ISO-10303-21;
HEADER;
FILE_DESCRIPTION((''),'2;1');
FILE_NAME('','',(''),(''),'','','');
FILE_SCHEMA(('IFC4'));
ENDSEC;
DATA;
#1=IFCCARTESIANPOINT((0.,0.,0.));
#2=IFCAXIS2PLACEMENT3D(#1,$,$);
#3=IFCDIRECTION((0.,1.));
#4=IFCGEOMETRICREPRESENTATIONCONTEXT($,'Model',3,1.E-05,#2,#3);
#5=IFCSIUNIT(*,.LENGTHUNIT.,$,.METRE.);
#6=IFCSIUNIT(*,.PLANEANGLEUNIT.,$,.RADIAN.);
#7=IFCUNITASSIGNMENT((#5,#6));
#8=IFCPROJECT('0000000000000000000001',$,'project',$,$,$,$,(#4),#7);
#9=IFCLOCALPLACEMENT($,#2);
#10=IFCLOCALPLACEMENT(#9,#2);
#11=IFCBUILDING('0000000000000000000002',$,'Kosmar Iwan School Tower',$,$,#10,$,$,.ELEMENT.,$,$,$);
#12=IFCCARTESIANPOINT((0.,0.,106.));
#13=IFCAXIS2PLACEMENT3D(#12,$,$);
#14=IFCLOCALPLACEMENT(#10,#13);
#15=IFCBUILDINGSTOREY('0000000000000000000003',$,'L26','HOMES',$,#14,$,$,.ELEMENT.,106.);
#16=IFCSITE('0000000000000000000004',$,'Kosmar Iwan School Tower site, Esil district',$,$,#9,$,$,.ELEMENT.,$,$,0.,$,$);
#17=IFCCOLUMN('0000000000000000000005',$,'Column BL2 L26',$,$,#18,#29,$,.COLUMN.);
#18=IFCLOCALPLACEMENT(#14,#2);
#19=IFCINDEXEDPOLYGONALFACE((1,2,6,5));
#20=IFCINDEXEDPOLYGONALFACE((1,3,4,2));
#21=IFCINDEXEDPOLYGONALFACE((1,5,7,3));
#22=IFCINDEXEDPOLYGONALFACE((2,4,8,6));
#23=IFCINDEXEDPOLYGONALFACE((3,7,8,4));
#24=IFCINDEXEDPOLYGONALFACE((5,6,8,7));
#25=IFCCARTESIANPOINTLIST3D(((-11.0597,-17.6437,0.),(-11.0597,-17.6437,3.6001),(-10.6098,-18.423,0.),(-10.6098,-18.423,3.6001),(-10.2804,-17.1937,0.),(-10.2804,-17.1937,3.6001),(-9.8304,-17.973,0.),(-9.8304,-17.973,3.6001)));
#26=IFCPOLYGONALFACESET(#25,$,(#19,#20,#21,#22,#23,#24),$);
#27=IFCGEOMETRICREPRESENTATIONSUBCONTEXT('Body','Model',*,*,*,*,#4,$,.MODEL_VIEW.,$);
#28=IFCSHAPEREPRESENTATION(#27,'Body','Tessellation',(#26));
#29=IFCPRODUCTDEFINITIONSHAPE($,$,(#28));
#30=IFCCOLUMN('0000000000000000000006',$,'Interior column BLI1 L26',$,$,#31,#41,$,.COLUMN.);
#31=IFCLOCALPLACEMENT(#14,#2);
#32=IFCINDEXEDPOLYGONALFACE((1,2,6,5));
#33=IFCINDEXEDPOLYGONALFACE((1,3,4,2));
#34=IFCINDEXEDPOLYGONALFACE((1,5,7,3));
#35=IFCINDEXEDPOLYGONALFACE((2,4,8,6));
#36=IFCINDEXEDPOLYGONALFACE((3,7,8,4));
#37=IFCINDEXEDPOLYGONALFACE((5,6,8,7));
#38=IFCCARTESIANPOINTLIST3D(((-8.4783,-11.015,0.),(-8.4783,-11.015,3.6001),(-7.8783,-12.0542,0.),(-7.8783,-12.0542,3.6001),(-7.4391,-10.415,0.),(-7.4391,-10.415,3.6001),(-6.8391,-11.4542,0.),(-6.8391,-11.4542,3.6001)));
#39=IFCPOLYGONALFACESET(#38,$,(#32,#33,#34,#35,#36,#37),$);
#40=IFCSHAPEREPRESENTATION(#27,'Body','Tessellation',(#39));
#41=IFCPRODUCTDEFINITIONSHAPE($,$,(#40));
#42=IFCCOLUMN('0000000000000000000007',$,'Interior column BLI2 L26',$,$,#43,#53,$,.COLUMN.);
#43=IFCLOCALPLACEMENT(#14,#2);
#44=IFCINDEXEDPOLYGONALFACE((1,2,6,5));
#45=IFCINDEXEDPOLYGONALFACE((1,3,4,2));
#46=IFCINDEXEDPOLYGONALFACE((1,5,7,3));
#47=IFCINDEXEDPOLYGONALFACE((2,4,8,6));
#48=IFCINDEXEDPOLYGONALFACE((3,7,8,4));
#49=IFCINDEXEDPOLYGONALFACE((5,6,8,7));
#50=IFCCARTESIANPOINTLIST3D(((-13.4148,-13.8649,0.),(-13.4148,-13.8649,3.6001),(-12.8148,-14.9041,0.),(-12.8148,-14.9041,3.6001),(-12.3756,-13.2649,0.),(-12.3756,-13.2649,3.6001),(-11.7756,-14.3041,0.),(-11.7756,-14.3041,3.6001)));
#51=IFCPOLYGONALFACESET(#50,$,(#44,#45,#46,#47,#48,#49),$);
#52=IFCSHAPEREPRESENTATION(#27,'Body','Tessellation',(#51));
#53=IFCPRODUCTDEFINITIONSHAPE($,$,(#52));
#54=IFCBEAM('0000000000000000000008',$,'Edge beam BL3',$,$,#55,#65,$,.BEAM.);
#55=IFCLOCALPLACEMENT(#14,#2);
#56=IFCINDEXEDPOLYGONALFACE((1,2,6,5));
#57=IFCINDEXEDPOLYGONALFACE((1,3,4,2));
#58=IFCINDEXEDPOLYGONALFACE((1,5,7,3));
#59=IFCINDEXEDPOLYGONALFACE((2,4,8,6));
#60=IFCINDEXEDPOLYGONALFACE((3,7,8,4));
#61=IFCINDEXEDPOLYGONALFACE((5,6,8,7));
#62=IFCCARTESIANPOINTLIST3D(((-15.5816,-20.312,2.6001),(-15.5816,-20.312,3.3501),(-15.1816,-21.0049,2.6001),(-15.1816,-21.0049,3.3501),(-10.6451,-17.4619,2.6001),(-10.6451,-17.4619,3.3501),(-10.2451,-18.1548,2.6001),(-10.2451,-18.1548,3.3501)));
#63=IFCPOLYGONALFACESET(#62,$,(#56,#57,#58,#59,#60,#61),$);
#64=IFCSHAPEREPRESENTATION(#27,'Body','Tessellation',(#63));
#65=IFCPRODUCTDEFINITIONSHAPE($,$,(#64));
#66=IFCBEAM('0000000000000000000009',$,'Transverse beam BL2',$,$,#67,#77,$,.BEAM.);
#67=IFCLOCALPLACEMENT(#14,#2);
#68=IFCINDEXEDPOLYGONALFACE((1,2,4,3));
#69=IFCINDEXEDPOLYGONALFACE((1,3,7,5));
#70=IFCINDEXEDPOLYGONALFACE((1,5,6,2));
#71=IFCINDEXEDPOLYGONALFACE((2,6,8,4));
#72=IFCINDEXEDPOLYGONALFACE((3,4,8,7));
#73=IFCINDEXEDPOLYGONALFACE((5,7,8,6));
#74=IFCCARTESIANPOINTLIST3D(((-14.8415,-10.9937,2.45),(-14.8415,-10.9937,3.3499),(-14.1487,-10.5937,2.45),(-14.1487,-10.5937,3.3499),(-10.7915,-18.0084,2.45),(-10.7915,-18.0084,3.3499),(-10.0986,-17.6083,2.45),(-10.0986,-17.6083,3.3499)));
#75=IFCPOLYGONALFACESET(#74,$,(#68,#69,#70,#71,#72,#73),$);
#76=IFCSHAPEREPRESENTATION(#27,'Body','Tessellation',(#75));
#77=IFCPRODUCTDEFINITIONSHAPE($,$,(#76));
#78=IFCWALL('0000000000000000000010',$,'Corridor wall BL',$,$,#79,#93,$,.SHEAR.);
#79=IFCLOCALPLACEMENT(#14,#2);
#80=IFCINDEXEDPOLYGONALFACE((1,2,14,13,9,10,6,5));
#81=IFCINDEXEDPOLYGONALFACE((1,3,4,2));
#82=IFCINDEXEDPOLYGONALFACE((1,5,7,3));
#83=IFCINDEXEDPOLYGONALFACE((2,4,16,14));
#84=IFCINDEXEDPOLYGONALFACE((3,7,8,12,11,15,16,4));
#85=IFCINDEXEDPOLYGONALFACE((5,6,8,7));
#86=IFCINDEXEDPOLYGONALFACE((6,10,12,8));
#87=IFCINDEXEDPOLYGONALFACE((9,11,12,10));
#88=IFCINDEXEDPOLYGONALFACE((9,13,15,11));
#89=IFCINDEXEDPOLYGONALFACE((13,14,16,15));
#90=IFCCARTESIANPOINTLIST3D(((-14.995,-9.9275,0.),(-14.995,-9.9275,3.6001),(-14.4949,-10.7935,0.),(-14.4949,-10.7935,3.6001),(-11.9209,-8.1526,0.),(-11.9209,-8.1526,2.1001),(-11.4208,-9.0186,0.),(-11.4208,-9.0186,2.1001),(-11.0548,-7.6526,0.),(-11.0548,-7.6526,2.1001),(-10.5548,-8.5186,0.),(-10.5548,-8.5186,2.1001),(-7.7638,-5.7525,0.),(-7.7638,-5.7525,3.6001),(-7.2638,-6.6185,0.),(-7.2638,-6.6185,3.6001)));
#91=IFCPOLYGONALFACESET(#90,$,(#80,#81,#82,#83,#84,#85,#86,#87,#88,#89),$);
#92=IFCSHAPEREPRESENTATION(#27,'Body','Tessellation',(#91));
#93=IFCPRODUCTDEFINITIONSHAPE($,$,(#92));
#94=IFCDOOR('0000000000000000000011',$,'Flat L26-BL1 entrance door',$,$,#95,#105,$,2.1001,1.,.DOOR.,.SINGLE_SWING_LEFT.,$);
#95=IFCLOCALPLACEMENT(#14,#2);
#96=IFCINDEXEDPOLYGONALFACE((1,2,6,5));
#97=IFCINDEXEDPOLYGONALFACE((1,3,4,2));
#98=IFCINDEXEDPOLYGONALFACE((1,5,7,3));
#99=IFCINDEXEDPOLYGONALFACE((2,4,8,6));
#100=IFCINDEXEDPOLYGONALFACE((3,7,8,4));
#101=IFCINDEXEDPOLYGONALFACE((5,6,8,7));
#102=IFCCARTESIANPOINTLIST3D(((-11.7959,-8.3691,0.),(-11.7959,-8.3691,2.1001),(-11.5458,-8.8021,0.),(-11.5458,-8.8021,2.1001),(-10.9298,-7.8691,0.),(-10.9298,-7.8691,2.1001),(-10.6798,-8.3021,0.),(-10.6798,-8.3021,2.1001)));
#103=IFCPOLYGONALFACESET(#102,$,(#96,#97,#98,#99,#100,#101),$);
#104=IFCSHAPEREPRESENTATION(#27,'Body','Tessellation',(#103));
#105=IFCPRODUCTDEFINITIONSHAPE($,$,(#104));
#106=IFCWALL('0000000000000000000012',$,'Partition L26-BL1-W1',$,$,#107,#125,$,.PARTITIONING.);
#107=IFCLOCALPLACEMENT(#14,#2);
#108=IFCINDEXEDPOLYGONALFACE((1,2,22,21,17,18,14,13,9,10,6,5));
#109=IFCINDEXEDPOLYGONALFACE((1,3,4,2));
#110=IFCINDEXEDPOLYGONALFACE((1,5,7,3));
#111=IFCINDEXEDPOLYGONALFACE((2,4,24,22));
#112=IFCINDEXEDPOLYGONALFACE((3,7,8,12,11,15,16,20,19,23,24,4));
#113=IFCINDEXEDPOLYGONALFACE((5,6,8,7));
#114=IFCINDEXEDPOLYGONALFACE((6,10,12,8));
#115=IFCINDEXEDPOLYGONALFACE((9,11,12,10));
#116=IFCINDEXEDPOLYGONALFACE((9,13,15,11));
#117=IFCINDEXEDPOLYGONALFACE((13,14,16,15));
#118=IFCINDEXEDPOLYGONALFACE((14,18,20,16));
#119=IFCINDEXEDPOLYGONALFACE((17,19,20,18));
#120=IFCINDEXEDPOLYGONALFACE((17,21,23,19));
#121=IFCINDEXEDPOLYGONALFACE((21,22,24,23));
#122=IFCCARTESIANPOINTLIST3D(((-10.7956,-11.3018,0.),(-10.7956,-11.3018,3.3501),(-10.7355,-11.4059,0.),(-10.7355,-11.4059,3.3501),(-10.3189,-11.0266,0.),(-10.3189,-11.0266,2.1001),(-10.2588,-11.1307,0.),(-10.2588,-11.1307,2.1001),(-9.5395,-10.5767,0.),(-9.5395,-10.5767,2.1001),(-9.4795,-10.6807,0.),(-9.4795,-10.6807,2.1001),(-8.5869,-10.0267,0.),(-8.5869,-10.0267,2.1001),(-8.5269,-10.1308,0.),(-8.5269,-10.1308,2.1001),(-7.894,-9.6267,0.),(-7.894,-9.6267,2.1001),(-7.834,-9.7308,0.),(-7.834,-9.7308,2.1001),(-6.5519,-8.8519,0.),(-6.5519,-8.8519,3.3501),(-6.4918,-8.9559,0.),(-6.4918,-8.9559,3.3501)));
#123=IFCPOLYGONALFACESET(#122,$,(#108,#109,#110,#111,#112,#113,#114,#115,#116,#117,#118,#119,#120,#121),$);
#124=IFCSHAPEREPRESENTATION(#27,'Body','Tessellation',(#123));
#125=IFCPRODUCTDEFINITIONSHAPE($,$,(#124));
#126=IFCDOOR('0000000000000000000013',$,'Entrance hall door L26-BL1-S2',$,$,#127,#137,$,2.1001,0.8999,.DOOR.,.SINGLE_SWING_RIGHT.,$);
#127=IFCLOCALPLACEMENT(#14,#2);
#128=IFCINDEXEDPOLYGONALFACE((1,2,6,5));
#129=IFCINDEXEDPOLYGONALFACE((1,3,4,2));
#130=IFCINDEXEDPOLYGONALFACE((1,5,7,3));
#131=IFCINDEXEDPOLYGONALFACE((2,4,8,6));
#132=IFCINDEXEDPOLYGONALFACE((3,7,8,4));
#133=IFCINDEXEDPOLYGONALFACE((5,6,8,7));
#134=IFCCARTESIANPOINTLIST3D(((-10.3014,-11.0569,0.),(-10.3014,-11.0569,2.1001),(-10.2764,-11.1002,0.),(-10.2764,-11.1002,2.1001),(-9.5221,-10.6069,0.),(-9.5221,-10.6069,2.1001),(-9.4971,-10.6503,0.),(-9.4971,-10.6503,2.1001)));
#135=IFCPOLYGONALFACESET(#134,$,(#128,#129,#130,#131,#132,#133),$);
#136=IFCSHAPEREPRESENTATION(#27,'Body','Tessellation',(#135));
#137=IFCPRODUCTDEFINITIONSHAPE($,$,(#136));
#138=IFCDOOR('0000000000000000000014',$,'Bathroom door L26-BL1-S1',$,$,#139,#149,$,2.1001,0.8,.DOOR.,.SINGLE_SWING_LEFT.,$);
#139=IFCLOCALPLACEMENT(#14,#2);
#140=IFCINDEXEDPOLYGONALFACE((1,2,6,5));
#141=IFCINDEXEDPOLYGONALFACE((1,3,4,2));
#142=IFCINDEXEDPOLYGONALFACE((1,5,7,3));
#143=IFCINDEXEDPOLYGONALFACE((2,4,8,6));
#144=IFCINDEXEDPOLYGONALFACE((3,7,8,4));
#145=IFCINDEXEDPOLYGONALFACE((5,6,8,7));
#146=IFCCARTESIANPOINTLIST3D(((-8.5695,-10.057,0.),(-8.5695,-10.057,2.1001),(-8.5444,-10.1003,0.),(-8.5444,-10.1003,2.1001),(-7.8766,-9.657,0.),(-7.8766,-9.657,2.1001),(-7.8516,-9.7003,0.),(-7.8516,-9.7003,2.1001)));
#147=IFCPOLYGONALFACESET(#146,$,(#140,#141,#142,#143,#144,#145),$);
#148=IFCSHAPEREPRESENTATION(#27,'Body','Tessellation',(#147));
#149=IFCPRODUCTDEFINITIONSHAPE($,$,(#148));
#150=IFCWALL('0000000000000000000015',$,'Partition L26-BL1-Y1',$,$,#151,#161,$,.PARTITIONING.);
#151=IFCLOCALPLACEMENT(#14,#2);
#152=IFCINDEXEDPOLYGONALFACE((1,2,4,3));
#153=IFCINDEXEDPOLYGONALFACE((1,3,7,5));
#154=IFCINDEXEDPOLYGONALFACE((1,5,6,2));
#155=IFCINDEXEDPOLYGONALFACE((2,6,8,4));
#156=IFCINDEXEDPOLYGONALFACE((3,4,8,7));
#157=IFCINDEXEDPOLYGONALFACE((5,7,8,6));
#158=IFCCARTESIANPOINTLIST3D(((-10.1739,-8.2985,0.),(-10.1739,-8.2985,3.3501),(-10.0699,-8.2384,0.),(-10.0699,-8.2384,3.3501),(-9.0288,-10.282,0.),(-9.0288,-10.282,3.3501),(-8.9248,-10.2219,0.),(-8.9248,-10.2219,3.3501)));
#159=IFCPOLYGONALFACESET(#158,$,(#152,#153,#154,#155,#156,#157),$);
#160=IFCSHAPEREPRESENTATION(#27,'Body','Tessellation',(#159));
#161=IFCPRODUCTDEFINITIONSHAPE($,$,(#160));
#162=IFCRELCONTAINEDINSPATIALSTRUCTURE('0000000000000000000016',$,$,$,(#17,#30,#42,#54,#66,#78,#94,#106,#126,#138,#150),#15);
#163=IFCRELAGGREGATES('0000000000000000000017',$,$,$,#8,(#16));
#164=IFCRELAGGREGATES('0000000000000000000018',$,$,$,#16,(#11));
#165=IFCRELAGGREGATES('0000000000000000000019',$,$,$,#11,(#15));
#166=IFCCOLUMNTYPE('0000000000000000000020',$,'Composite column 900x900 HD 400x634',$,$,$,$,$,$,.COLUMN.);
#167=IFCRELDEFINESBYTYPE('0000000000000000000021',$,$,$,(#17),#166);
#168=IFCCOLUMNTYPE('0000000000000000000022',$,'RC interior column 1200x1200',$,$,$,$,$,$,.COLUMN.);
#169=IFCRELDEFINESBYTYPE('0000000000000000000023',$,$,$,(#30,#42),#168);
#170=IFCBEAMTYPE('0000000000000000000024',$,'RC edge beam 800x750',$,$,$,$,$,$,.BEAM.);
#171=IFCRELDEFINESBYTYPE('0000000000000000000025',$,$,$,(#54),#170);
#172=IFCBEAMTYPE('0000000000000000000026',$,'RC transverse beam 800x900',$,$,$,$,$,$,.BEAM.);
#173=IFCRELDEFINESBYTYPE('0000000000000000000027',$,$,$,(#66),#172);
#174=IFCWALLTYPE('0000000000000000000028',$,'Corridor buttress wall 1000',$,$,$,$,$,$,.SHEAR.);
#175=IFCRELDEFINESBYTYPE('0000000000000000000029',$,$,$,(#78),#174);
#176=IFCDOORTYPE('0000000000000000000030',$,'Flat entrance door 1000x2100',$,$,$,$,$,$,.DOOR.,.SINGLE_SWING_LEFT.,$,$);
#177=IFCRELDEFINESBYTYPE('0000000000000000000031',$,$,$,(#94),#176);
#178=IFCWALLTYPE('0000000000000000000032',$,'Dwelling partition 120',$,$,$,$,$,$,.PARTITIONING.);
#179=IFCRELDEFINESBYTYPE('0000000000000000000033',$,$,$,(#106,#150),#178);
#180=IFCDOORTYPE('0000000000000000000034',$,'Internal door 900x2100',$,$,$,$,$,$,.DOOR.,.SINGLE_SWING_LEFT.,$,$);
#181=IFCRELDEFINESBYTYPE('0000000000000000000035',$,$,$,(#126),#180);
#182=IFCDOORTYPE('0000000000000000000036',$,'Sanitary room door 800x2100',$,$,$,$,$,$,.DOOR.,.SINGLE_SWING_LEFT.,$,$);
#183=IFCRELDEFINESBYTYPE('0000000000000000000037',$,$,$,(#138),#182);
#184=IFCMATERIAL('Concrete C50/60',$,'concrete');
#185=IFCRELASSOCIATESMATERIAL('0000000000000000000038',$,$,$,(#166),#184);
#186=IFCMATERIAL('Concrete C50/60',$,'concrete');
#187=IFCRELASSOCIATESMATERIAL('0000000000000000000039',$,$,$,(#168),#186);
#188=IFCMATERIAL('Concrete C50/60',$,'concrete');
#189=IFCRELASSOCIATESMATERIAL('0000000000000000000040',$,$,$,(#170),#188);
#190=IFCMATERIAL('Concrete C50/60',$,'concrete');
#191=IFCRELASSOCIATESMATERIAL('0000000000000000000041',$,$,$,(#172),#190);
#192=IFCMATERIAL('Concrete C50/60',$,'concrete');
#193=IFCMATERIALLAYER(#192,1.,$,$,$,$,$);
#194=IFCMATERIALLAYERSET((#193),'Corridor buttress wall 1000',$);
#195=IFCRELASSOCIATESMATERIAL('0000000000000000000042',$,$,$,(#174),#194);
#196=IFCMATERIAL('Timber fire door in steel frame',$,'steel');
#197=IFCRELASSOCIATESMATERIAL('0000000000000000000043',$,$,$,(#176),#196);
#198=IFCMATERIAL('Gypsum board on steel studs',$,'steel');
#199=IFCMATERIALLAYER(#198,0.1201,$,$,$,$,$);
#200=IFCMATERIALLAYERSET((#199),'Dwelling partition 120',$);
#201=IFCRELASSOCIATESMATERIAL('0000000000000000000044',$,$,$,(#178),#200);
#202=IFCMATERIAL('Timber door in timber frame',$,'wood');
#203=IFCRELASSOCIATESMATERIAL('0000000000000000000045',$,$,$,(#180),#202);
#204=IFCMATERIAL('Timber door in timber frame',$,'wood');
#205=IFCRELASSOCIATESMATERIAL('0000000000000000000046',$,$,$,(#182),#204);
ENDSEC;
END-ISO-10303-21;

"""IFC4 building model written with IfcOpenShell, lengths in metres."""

from ifc_helpers import new_model, si_unit, direction, frame, frame_2d, origin, origin_2d, place, context, subcontext, project, spatial, rectangle, extrude, material, layer, layer_set, material_profile, profile_set, type_object, element, fill, save


model = new_model("IFC4")

# Units and contexts
model_context = context("Model", 3, precision=1e-05, world=origin(), true_north=direction((0.0, 1.0)))
body_context = subcontext(model_context, "Body", "Model", "MODEL_VIEW")
ifc_project = project(units=[si_unit("LENGTHUNIT", "METRE"), si_unit("PLANEANGLEUNIT", "RADIAN")], contexts=[model_context])

# Site, building, storey
site_placement = place(None, origin())
site = spatial("IfcSite", under=ifc_project, at=site_placement, Name="Kosmar Iwan School Tower site, Esil district", CompositionType="ELEMENT", RefElevation=0.0)
building_placement = place(site_placement, origin())
building = spatial("IfcBuilding", under=site, at=building_placement, Name="Kosmar Iwan School Tower", CompositionType="ELEMENT")
storey_placement = place(building_placement, frame((0.0, 0.0, 106.0)))
storey = spatial("IfcBuildingStorey", under=building, at=storey_placement, Name="L26", Description="HOMES", CompositionType="ELEMENT", Elevation=106.0)

# Columns
ifc_material_1 = material(Name="Concrete C50/60", Category="concrete")
ifc_material_profile_1 = material_profile(ifc_material_1, rectangle(XDim=0.8999, YDim=0.8999, at=origin_2d()), Name="RC 900x900 + HD 400x634")
ifc_profile_set_1 = profile_set([ifc_material_profile_1], Name="Concrete C50/60")
column_type_1 = type_object("IfcColumnType", Name="Composite column 900x900 HD 400x634", PredefinedType="COLUMN", material=ifc_profile_set_1)
column_placement = place(storey_placement, frame((-10.4451, -17.8083, 0.0), z_axis=(0.0, 0.0, 1.0), x_axis=(-0.866025, -0.5, 0.0)))
element("IfcColumn", 1, at=column_placement, inside=storey, type_object=column_type_1, Name="Column BL2 L26", PredefinedType="COLUMN", context=body_context, shape_type="SweptSolid", body=[
    extrude(rectangle(XDim=0.8999, YDim=0.8999, at=origin_2d()), origin(), (0.0, 0.0, 1.0), 3.6001),
])
ifc_material_2 = material(Name="Concrete C50/60", Category="concrete")
ifc_material_profile_2 = material_profile(ifc_material_2, rectangle(XDim=1.2, YDim=1.2, at=origin_2d()), Name="RC 1200x1200")
ifc_profile_set_2 = profile_set([ifc_material_profile_2], Name="Concrete C50/60")
column_type_2 = type_object("IfcColumnType", Name="RC interior column 1200x1200", PredefinedType="COLUMN", material=ifc_profile_set_2)
for number, where, z_axis, x_axis, name in (
    (2, (-7.6587, -11.2346, 0.0), (0.0, 0.0, 1.0), (-0.866025, -0.5, 0.0), "Interior column BLI1 L26"),
    (3, (-12.5952, -14.0845, 0.0), (0.0, 0.0, 1.0), (-0.866025, -0.5, 0.0), "Interior column BLI2 L26"),
):
    element("IfcColumn", number, at=place(storey_placement, frame(where, z_axis=z_axis, x_axis=x_axis)), inside=storey, type_object=column_type_2, Name=name, PredefinedType="COLUMN", context=body_context, shape_type="SweptSolid", body=[
        extrude(rectangle(XDim=1.2, YDim=1.2, at=origin_2d()), origin(), (0.0, 0.0, 1.0), 3.6001),
    ])

# Beams
ifc_material_3 = material(Name="Concrete C50/60", Category="concrete")
ifc_material_profile_3 = material_profile(ifc_material_3, rectangle(XDim=0.8, YDim=0.75, at=origin_2d()), Name="RC 800x750")
ifc_profile_set_3 = profile_set([ifc_material_profile_3], Name="Concrete C50/60")
beam_type_1 = type_object("IfcBeamType", Name="RC edge beam 800x750", PredefinedType="BEAM", material=ifc_profile_set_3)
beam_1_placement = place(storey_placement, frame((-10.4451, -17.8083, 2.9751), z_axis=(-0.866026, -0.499999, 0.0), x_axis=(0.499999, -0.866026, 0.0)))
element("IfcBeam", 4, at=beam_1_placement, inside=storey, type_object=beam_type_1, Name="Edge beam BL3", PredefinedType="BEAM", context=body_context, shape_type="SweptSolid", body=[
    extrude(rectangle(XDim=0.8, YDim=0.75, at=origin_2d()), origin(), (0.0, 0.0, 1.0), 5.7002),
])
ifc_material_4 = material(Name="Concrete C50/60", Category="concrete")
ifc_material_profile_4 = material_profile(ifc_material_4, rectangle(XDim=0.8, YDim=0.8999, at=origin_2d()), Name="RC 800x900")
ifc_profile_set_4 = profile_set([ifc_material_profile_4], Name="Concrete C50/60")
beam_type_2 = type_object("IfcBeamType", Name="RC transverse beam 800x900", PredefinedType="BEAM", material=ifc_profile_set_4)
beam_2_placement = place(storey_placement, frame((-10.4451, -17.8083, 2.8999), z_axis=(-0.500013, 0.866018, 0.0), x_axis=(-0.866018, -0.500013, 0.0)))
element("IfcBeam", 5, at=beam_2_placement, inside=storey, type_object=beam_type_2, Name="Transverse beam BL2", PredefinedType="BEAM", context=body_context, shape_type="SweptSolid", body=[
    extrude(rectangle(XDim=0.8, YDim=0.8999, at=origin_2d()), origin(), (0.0, 0.0, 1.0), 8.0999),
])

# Wall, opening, door
ifc_material_5 = material(Name="Concrete C50/60", Category="concrete")
ifc_layer_1 = layer(ifc_material_5, 1.0)
ifc_layer_set_1 = layer_set([ifc_layer_1], Name="Corridor buttress wall 1000")
wall_type_1 = type_object("IfcWallType", Name="Corridor buttress wall 1000", PredefinedType="SHEAR", material=ifc_layer_set_1)
wall_1_placement = place(storey_placement, frame((-7.5139, -6.1855, 0.0), z_axis=(0.0, 0.0, 1.0), x_axis=(-0.86602, -0.50001, 0.0)))
wall_1 = element("IfcWall", 6, at=wall_1_placement, inside=storey, type_object=wall_type_1, Name="Corridor wall BL", PredefinedType="SHEAR", context=body_context, shape_type="SweptSolid", body=[
    extrude(rectangle(XDim=8.3499, YDim=1.0, at=frame_2d((4.1748, 0.0))), origin(), (0.0, 0.0, 1.0), 3.6001),
])
opening_1_placement = place(wall_1_placement, frame((3.8, 0.0, 0.0)))
opening_1 = element("IfcOpeningElement", 7, at=opening_1_placement, cuts=wall_1, PredefinedType="OPENING", context=body_context, shape_type="SweptSolid", body=[
    extrude(rectangle(XDim=1.0, YDim=2.1001, at=frame_2d((0.5, 1.05))), frame((0.0, 0.512, 0.0), z_axis=(0.0, -1.0, 0.0), x_axis=(1.0, 0.0, 0.0)), (0.0, 0.0, 1.0), 1.0239),
])
ifc_material_6 = material(Name="Timber fire door in steel frame", Category="steel")
door_type_1 = type_object("IfcDoorType", Name="Flat entrance door 1000x2100", OperationType="SINGLE_SWING_LEFT", PredefinedType="DOOR", material=ifc_material_6)
door_1_placement = place(opening_1_placement, origin())
door_1 = element("IfcDoor", 8, at=door_1_placement, inside=storey, type_object=door_type_1, Name="Flat L26-BL1 entrance door", OperationType="SINGLE_SWING_LEFT", OverallHeight=2.1001, OverallWidth=1.0, PredefinedType="DOOR", context=body_context, shape_type="SweptSolid", body=[
    extrude(rectangle(XDim=1.0, YDim=2.1001, at=frame_2d((0.5, 1.05))), frame((0.0, 0.25, 0.0), z_axis=(0.0, -1.0, 0.0), x_axis=(1.0, 0.0, 0.0)), (0.0, 0.0, 1.0), 0.5),
])
fill(opening_1, door_1)

# Wall, openings, doors
ifc_material_7 = material(Name="Gypsum board on steel studs", Category="steel")
ifc_layer_2 = layer(ifc_material_7, 0.1201)
ifc_layer_set_2 = layer_set([ifc_layer_2], Name="Dwelling partition 120")
wall_type_2 = type_object("IfcWallType", Name="Dwelling partition 120", PredefinedType="PARTITIONING", material=ifc_layer_set_2)
wall_2_placement = place(storey_placement, frame((-6.5217, -8.9038, 0.0), z_axis=(0.0, 0.0, 1.0), x_axis=(-0.866036, -0.499981, 0.0)))
wall_2 = element("IfcWall", 9, at=wall_2_placement, inside=storey, type_object=wall_type_2, Name="Partition L26-BL1-W1", PredefinedType="PARTITIONING", context=body_context, shape_type="SweptSolid", body=[
    extrude(rectangle(XDim=4.9001, YDim=0.1201, at=frame_2d((2.4502, 0.0))), origin(), (0.0, 0.0, 1.0), 3.3501),
])
opening_2_placement = place(wall_2_placement, frame((1.55, 0.0, 0.0)))
opening_2 = element("IfcOpeningElement", 10, at=opening_2_placement, cuts=wall_2, PredefinedType="OPENING", context=body_context, shape_type="SweptSolid", body=[
    extrude(rectangle(XDim=0.8, YDim=2.1001, at=frame_2d((0.3999, 1.05))), frame((0.0, 0.072, 0.0), z_axis=(0.0, -1.0, 0.0), x_axis=(1.0, 0.0, 0.0)), (0.0, 0.0, 1.0), 0.144),
])
opening_3_placement = place(wall_2_placement, frame((3.45, 0.0, 0.0)))
opening_3 = element("IfcOpeningElement", 11, at=opening_3_placement, cuts=wall_2, PredefinedType="OPENING", context=body_context, shape_type="SweptSolid", body=[
    extrude(rectangle(XDim=0.8999, YDim=2.1001, at=frame_2d((0.45, 1.05))), frame((0.0, 0.072, 0.0), z_axis=(0.0, -1.0, 0.0), x_axis=(1.0, 0.0, 0.0)), (0.0, 0.0, 1.0), 0.144),
])
ifc_material_8 = material(Name="Timber door in timber frame", Category="wood")
door_type_2 = type_object("IfcDoorType", Name="Internal door 900x2100", OperationType="SINGLE_SWING_LEFT", PredefinedType="DOOR", material=ifc_material_8)
door_2_placement = place(opening_3_placement, origin())
door_2 = element("IfcDoor", 12, at=door_2_placement, inside=storey, type_object=door_type_2, Name="Entrance hall door L26-BL1-S2", OperationType="SINGLE_SWING_RIGHT", OverallHeight=2.1001, OverallWidth=0.8999, PredefinedType="DOOR", context=body_context, shape_type="SweptSolid", body=[
    extrude(rectangle(XDim=0.8999, YDim=2.1001, at=frame_2d((0.45, 1.05))), frame((0.0, 0.0249, 0.0), z_axis=(0.0, -1.0, 0.0), x_axis=(1.0, 0.0, 0.0)), (0.0, 0.0, 1.0), 0.05),
])
fill(opening_3, door_2)
ifc_material_9 = material(Name="Timber door in timber frame", Category="wood")
door_type_3 = type_object("IfcDoorType", Name="Sanitary room door 800x2100", OperationType="SINGLE_SWING_LEFT", PredefinedType="DOOR", material=ifc_material_9)
door_3_placement = place(opening_2_placement, origin())
door_3 = element("IfcDoor", 13, at=door_3_placement, inside=storey, type_object=door_type_3, Name="Bathroom door L26-BL1-S1", OperationType="SINGLE_SWING_LEFT", OverallHeight=2.1001, OverallWidth=0.8, PredefinedType="DOOR", context=body_context, shape_type="SweptSolid", body=[
    extrude(rectangle(XDim=0.8, YDim=2.1001, at=frame_2d((0.3999, 1.05))), frame((0.0, 0.0249, 0.0), z_axis=(0.0, -1.0, 0.0), x_axis=(1.0, 0.0, 0.0)), (0.0, 0.0, 1.0), 0.05),
])
fill(opening_2, door_3)

# Wall
wall_3_placement = place(storey_placement, frame((-10.1218, -8.2686, 0.0), z_axis=(0.0, 0.0, 1.0), x_axis=(0.499969, -0.866044, 0.0)))
element("IfcWall", 14, at=wall_3_placement, inside=storey, type_object=wall_type_2, Name="Partition L26-BL1-Y1", PredefinedType="PARTITIONING", context=body_context, shape_type="SweptSolid", body=[
    extrude(rectangle(XDim=2.2903, YDim=0.1201, at=frame_2d((1.145, 0.0))), origin(), (0.0, 0.0, 1.0), 3.3501),
])

save(model, "model.ifc")
